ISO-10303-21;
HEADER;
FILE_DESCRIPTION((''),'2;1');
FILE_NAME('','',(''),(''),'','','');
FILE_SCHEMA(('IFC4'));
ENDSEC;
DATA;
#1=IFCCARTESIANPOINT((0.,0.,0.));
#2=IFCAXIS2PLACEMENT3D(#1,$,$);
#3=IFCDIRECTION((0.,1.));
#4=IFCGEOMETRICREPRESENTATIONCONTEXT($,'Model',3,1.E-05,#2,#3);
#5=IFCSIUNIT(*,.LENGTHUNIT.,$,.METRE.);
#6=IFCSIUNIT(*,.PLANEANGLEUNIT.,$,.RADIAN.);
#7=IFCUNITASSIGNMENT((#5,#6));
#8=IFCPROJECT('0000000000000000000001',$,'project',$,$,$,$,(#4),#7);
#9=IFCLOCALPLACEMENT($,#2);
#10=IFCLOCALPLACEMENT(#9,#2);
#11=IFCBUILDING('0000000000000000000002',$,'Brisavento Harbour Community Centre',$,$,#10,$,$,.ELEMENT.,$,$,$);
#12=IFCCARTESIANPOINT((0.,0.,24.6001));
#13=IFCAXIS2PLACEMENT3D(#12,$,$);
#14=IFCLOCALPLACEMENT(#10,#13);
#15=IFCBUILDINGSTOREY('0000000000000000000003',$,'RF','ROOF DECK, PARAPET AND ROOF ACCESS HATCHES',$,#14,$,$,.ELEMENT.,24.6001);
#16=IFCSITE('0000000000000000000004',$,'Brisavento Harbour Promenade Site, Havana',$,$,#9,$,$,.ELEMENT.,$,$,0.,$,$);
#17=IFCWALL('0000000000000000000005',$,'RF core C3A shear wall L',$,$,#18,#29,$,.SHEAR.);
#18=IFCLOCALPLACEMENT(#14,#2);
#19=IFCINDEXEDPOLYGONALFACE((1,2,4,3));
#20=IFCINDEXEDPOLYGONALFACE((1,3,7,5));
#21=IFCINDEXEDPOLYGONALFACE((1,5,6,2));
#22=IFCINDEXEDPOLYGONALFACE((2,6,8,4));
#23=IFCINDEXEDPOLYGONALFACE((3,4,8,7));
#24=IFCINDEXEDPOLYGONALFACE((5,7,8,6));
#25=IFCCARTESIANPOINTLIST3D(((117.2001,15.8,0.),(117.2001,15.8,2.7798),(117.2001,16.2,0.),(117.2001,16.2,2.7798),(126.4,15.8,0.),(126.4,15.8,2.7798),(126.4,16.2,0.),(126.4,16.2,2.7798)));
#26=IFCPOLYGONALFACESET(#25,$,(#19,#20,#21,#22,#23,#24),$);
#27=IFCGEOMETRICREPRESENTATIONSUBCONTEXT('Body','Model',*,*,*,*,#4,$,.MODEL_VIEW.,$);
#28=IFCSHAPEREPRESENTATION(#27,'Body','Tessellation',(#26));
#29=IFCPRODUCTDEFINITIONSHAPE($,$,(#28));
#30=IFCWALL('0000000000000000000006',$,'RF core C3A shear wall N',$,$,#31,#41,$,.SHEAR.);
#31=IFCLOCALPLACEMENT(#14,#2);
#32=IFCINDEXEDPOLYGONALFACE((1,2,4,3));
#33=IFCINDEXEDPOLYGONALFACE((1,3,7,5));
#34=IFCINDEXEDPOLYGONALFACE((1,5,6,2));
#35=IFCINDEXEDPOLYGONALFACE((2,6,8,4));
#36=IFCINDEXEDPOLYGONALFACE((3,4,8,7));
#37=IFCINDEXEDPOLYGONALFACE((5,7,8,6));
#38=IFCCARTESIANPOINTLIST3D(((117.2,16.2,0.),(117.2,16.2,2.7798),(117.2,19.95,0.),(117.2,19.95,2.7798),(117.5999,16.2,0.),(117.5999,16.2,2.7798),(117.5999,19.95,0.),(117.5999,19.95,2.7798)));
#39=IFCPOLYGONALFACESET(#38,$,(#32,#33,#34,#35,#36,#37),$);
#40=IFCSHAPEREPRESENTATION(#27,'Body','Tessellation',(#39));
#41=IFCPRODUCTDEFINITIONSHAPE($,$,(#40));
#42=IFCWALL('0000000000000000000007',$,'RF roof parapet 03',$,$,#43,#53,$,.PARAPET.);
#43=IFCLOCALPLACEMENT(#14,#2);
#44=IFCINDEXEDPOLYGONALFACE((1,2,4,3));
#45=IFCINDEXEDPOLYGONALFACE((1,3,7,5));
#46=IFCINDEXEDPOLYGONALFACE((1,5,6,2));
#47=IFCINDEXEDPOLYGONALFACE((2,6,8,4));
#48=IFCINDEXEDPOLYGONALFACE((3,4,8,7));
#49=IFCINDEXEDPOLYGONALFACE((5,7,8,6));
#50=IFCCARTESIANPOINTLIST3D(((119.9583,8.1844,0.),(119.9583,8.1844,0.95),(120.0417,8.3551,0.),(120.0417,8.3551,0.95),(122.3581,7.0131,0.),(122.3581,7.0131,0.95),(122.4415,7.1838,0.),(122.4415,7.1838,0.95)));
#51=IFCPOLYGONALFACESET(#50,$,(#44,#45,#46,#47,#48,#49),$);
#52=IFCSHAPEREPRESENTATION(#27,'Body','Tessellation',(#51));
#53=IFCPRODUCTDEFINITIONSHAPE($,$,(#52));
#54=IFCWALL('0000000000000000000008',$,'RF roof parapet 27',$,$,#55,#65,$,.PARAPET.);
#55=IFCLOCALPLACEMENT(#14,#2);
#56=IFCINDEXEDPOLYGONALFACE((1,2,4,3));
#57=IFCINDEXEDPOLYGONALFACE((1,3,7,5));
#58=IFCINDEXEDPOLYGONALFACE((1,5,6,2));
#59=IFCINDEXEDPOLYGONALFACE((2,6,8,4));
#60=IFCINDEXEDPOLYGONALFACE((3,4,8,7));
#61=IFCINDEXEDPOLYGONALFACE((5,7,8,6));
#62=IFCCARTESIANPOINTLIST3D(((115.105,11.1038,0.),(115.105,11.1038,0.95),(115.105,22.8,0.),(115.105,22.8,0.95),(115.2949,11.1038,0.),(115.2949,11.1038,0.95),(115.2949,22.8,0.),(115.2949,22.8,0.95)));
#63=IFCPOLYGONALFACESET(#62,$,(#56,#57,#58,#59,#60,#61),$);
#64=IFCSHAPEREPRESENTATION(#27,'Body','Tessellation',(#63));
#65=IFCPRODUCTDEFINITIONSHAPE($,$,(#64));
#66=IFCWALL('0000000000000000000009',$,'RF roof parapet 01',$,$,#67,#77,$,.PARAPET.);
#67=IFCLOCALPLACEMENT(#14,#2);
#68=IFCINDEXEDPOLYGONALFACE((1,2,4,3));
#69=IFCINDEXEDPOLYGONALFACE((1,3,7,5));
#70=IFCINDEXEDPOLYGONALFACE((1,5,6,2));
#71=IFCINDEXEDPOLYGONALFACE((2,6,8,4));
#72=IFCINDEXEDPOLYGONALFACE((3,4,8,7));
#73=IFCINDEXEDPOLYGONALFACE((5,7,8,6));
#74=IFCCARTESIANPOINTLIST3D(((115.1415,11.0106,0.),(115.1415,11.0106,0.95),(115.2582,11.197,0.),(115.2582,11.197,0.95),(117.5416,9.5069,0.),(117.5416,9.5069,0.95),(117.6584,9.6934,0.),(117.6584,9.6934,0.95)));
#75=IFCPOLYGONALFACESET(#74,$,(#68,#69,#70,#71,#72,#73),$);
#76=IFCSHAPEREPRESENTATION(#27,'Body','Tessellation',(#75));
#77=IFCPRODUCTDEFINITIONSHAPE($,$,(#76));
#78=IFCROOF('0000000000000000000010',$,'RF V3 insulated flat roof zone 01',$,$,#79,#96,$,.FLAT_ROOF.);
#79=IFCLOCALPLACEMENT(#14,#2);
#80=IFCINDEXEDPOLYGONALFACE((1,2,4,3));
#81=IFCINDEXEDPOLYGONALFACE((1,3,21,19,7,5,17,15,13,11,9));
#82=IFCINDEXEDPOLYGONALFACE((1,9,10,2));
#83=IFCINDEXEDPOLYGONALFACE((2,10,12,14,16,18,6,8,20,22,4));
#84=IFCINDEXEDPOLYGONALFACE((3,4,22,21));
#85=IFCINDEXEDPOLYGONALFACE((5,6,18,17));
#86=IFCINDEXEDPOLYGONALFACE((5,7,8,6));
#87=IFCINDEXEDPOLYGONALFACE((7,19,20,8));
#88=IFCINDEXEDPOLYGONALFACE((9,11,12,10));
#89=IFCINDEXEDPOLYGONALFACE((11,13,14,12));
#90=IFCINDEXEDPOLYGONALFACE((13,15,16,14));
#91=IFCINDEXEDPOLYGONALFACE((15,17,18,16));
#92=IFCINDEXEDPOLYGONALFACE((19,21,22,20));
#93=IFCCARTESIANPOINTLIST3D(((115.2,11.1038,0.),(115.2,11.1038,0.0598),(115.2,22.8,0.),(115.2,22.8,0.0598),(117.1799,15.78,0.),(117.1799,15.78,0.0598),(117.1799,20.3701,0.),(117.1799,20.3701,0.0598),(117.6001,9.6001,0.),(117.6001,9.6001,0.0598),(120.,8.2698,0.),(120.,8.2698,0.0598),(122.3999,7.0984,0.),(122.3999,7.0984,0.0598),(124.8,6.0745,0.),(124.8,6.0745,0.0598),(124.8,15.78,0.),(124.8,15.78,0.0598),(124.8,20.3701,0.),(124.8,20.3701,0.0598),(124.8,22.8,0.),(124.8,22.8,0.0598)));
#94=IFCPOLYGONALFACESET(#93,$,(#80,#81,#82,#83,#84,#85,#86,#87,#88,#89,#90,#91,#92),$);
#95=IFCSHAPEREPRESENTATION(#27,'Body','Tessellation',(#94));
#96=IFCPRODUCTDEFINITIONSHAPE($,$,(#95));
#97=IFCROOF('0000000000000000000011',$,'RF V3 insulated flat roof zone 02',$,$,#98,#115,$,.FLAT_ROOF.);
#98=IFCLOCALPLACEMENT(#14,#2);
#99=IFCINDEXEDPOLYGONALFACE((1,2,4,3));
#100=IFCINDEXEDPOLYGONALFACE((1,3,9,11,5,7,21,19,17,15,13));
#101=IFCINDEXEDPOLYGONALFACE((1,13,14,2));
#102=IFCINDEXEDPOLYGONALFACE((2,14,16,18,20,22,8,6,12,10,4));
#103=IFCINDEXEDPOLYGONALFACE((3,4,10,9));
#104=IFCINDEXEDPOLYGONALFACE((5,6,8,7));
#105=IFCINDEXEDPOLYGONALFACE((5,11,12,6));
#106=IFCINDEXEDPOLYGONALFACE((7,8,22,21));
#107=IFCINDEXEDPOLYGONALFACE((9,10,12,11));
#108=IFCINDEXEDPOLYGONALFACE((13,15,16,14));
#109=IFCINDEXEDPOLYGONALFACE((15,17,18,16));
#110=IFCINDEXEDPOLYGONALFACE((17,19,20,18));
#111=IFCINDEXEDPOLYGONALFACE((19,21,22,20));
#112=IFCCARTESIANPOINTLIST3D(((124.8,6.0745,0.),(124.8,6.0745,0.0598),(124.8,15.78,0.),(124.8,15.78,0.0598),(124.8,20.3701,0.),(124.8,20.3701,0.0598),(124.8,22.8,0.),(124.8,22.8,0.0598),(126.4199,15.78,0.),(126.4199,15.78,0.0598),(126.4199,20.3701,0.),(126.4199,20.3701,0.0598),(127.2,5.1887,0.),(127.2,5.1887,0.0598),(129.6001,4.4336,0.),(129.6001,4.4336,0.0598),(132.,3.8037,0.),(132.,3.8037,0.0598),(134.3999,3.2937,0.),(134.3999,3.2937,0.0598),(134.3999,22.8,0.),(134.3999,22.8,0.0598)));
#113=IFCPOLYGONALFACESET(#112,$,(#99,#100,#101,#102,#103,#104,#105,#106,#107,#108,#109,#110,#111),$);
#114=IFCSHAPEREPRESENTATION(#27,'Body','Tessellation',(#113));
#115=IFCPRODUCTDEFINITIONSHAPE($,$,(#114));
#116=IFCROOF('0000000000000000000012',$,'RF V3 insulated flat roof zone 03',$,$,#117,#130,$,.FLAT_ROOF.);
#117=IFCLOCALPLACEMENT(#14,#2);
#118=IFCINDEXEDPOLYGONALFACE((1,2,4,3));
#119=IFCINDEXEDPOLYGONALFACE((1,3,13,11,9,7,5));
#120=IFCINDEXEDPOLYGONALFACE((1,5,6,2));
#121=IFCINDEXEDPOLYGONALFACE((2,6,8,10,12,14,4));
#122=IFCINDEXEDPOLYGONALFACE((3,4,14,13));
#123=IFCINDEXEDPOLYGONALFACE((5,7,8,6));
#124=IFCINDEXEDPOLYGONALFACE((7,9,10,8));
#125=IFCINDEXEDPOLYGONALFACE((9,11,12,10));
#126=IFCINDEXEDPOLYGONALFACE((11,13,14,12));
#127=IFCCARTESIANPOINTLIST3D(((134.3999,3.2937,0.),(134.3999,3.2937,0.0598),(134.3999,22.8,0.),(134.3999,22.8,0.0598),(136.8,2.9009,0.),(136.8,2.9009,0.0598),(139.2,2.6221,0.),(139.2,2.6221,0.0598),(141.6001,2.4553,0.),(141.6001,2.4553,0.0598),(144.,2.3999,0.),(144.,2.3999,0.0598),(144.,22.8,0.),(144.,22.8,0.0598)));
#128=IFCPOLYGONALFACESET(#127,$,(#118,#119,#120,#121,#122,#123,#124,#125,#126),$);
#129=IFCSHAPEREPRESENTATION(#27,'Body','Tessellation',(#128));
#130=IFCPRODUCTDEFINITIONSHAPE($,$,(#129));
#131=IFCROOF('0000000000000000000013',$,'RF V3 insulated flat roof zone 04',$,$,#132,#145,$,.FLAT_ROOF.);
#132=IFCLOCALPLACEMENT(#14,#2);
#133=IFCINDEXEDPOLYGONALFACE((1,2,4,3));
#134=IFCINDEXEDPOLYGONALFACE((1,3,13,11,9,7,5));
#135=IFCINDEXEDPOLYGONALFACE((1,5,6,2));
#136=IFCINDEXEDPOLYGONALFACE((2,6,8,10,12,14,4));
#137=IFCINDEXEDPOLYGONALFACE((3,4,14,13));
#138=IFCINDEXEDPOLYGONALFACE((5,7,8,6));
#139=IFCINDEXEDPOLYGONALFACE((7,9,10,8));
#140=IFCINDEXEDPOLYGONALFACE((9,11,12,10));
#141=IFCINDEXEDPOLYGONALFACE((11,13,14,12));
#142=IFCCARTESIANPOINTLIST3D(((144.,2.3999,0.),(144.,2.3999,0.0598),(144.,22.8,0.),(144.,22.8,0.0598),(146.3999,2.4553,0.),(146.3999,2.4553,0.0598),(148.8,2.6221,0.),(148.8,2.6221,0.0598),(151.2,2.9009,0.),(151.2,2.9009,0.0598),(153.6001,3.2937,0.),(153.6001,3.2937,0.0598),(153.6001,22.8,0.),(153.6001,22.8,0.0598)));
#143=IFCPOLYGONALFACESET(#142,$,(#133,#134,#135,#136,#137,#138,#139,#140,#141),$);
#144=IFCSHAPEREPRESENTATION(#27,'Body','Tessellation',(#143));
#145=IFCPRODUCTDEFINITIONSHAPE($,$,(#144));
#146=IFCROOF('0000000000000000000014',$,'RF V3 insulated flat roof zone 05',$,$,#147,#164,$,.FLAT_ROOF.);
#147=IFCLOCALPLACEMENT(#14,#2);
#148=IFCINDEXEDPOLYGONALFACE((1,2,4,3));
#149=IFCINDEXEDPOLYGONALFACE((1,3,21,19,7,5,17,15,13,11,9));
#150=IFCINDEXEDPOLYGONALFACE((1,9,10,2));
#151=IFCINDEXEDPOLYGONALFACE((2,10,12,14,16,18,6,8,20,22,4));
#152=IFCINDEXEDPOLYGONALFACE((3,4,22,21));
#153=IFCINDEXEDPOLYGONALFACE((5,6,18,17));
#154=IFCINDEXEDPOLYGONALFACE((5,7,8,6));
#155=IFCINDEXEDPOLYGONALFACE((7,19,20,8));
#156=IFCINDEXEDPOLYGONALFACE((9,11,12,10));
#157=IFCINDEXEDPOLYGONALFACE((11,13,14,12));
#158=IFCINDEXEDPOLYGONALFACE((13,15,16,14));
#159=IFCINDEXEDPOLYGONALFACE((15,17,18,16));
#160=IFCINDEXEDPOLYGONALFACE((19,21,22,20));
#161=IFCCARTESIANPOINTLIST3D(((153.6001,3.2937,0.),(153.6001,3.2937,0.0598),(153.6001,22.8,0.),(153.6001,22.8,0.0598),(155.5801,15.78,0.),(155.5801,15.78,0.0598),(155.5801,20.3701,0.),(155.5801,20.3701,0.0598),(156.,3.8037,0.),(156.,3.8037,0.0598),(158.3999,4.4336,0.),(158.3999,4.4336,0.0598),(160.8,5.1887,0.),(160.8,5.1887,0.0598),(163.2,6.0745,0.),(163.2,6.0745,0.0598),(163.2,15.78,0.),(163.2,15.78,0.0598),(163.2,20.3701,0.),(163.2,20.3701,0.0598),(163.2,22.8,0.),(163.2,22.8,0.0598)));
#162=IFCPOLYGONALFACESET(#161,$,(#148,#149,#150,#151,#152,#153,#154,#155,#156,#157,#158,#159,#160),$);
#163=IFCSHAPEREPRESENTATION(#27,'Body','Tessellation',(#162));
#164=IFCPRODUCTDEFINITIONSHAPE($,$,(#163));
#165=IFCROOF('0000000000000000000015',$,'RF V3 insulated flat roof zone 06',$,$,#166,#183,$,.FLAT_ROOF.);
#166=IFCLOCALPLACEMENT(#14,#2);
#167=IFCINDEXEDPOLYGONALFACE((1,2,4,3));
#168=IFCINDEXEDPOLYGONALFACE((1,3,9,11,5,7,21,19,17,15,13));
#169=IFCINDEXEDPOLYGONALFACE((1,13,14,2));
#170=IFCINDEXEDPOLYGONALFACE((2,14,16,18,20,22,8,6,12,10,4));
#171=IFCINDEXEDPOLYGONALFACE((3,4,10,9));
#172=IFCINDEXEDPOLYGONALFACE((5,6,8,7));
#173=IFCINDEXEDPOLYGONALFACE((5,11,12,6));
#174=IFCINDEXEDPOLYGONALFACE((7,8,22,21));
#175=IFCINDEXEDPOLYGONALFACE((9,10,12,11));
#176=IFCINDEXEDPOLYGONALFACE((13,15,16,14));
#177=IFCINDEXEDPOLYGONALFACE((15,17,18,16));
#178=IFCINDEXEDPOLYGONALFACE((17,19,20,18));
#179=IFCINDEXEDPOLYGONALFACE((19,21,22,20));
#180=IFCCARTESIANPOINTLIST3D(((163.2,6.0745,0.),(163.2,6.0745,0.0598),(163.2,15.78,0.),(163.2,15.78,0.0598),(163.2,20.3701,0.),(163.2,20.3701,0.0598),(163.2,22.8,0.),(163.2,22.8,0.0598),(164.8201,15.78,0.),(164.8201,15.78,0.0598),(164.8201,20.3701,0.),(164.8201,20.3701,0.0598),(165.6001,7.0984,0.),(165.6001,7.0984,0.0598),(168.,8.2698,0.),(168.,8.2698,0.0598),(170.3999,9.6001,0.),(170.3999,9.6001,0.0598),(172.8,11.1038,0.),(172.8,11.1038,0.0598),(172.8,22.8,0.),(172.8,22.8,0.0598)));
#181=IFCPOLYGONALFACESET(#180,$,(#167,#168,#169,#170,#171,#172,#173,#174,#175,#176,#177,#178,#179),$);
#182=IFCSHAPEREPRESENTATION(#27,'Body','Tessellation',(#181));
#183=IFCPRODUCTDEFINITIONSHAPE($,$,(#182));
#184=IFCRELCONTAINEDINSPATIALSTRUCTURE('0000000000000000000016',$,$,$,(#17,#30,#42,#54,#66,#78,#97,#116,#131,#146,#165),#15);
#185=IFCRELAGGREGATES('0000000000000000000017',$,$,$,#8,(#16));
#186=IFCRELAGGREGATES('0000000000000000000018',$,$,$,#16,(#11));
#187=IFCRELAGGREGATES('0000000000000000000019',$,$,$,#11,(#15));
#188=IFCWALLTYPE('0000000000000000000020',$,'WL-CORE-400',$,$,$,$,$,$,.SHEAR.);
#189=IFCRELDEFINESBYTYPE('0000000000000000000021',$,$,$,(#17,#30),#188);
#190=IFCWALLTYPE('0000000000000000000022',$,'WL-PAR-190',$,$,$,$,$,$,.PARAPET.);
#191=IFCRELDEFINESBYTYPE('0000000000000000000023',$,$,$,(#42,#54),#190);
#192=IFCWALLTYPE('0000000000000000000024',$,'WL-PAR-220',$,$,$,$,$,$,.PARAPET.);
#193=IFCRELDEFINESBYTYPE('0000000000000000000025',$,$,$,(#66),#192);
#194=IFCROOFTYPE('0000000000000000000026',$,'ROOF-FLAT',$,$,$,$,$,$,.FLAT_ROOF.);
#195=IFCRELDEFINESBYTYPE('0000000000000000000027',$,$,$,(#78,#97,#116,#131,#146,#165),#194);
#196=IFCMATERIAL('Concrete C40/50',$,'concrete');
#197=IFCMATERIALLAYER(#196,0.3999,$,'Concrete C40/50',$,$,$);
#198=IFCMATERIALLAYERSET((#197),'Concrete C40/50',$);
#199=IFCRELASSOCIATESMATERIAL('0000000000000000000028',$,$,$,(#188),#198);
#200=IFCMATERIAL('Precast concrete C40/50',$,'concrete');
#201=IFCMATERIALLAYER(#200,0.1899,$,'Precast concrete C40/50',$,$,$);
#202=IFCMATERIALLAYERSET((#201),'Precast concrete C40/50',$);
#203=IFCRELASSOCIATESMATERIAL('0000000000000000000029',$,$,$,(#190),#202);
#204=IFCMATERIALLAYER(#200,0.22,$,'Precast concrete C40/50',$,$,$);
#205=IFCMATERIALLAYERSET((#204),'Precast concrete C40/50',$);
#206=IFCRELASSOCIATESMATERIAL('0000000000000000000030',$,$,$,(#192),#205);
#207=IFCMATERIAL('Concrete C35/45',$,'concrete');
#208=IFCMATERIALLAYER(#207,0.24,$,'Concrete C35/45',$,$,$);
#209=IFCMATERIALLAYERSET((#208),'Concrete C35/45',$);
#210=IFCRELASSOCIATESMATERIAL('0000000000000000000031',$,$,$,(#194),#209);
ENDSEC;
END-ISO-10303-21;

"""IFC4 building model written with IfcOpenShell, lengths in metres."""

from ifc_helpers import new_model, si_unit, direction, frame, frame_2d, origin, place, context, subcontext, project, spatial, polyline, rectangle, outline, extrude, material, layer, layer_set, type_object, element, save


model = new_model("IFC4")

# Units and contexts
model_context = context("Model", 3, precision=1e-05, world=origin(), true_north=direction((0.0, 1.0)))
body_context = subcontext(model_context, "Body", "Model", "MODEL_VIEW")
ifc_project = project(units=[si_unit("LENGTHUNIT", "METRE"), si_unit("PLANEANGLEUNIT", "RADIAN")], contexts=[model_context])

# Site, building, storey
site_placement = place(None, origin())
site = spatial("IfcSite", under=ifc_project, at=site_placement, Name="Brisavento Harbour Promenade Site, Havana", CompositionType="ELEMENT", RefElevation=0.0)
building_placement = place(site_placement, origin())
building = spatial("IfcBuilding", under=site, at=building_placement, Name="Brisavento Harbour Community Centre", CompositionType="ELEMENT")
storey_placement = place(building_placement, frame((0.0, 0.0, 24.6001)))
storey = spatial("IfcBuildingStorey", under=building, at=storey_placement, Name="RF", Description="ROOF DECK, PARAPET AND ROOF ACCESS HATCHES", CompositionType="ELEMENT", Elevation=24.6001)

# Shared definitions
ifc_material_1 = material(Name="Concrete C35/45", Category="concrete")
ifc_material_2 = material(Name="Precast concrete C40/50", Category="concrete")

# Walls
ifc_material_3 = material(Name="Concrete C40/50", Category="concrete")
ifc_layer_1 = layer(ifc_material_3, 0.3999, Name="Concrete C40/50")
ifc_layer_set_1 = layer_set([ifc_layer_1], Name="Concrete C40/50")
wall_type_1 = type_object("IfcWallType", Name="WL-CORE-400", PredefinedType="SHEAR", material=ifc_layer_set_1)
wall_1_placement = place(storey_placement, frame((117.2, 16.0, 0.0), z_axis=(0.0, 0.0, 1.0), x_axis=(1.0, 0.0, 0.0)))
element("IfcWall", 1, at=wall_1_placement, inside=storey, type_object=wall_type_1, Name="RF core C3A shear wall L", PredefinedType="SHEAR", context=body_context, shape_type="SweptSolid", body=[
    extrude(rectangle(XDim=9.2, YDim=0.3999, at=frame_2d((4.6001, 0.0))), origin(), (0.0, 0.0, 1.0), 2.7798),
])
wall_2_placement = place(storey_placement, frame((117.3999, 19.95, 0.0), z_axis=(0.0, 0.0, 1.0), x_axis=(0.0, -1.0, 0.0)))
element("IfcWall", 2, at=wall_2_placement, inside=storey, type_object=wall_type_1, Name="RF core C3A shear wall N", PredefinedType="SHEAR", context=body_context, shape_type="SweptSolid", body=[
    extrude(rectangle(XDim=3.75, YDim=0.3999, at=frame_2d((1.875, 0.0))), origin(), (0.0, 0.0, 1.0), 2.7798),
])
ifc_layer_2 = layer(ifc_material_2, 0.1899, Name="Precast concrete C40/50")
ifc_layer_set_2 = layer_set([ifc_layer_2], Name="Precast concrete C40/50")
wall_type_2 = type_object("IfcWallType", Name="WL-PAR-190", PredefinedType="PARAPET", material=ifc_layer_set_2)
wall_3_placement = place(storey_placement, frame((120.0, 8.2698, 0.0), z_axis=(0.0, 0.0, 1.0), x_axis=(0.898665, -0.438636, 0.0)))
element("IfcWall", 3, at=wall_3_placement, inside=storey, type_object=wall_type_2, Name="RF roof parapet 03", PredefinedType="PARAPET", context=body_context, shape_type="SweptSolid", body=[
    extrude(rectangle(XDim=2.6704, YDim=0.1899, at=frame_2d((1.3352, 0.0))), origin(), (0.0, 0.0, 1.0), 0.95),
])
wall_4_placement = place(storey_placement, frame((115.2, 22.8, 0.0), z_axis=(0.0, 0.0, 1.0), x_axis=(0.0, -1.0, 0.0)))
element("IfcWall", 4, at=wall_4_placement, inside=storey, type_object=wall_type_2, Name="RF roof parapet 27", PredefinedType="PARAPET", context=body_context, shape_type="SweptSolid", body=[
    extrude(rectangle(XDim=11.6963, YDim=0.1899, at=frame_2d((5.8481, 0.0))), origin(), (0.0, 0.0, 1.0), 0.95),
])
ifc_layer_3 = layer(ifc_material_2, 0.22, Name="Precast concrete C40/50")
ifc_layer_set_3 = layer_set([ifc_layer_3], Name="Precast concrete C40/50")
wall_type_3 = type_object("IfcWallType", Name="WL-PAR-220", PredefinedType="PARAPET", material=ifc_layer_set_3)
wall_5_placement = place(storey_placement, frame((115.2, 11.1038, 0.0), z_axis=(0.0, 0.0, 1.0), x_axis=(0.847431, -0.530905, 0.0)))
element("IfcWall", 5, at=wall_5_placement, inside=storey, type_object=wall_type_3, Name="RF roof parapet 01", PredefinedType="PARAPET", context=body_context, shape_type="SweptSolid", body=[
    extrude(rectangle(XDim=2.8323, YDim=0.22, at=frame_2d((1.416, 0.0))), origin(), (0.0, 0.0, 1.0), 0.95),
])

# Roofs
ifc_layer_4 = layer(ifc_material_1, 0.24, Name="Concrete C35/45")
ifc_layer_set_4 = layer_set([ifc_layer_4], Name="Concrete C35/45")
roof_type = type_object("IfcRoofType", Name="ROOF-FLAT", PredefinedType="FLAT_ROOF", material=ifc_layer_set_4)
roof_1_placement = place(storey_placement, origin())
element("IfcRoof", 6, at=roof_1_placement, inside=storey, type_object=roof_type, Name="RF V3 insulated flat roof zone 01", PredefinedType="FLAT_ROOF", context=body_context, shape_type="SweptSolid", body=[
    extrude(outline(polyline([(115.2, 22.8), (115.2, 11.1038), (117.6001, 9.6001), (120.0, 8.2698), (122.3999, 7.0984), (124.8, 6.0745), (124.8, 15.78), (117.1799, 15.78), (117.1799, 20.3701), (124.8, 20.3701), (124.8, 22.8), (115.2, 22.8)])), origin(), (0.0, 0.0, 1.0), 0.0598),
])
roof_2_placement = place(storey_placement, origin())
element("IfcRoof", 7, at=roof_2_placement, inside=storey, type_object=roof_type, Name="RF V3 insulated flat roof zone 02", PredefinedType="FLAT_ROOF", context=body_context, shape_type="SweptSolid", body=[
    extrude(outline(polyline([(124.8, 22.8), (124.8, 20.3701), (126.4199, 20.3701), (126.4199, 15.78), (124.8, 15.78), (124.8, 6.0745), (127.2, 5.1887), (129.6001, 4.4336), (132.0, 3.8037), (134.3999, 3.2937), (134.3999, 22.8), (124.8, 22.8)])), origin(), (0.0, 0.0, 1.0), 0.0598),
])
roof_3_placement = place(storey_placement, origin())
element("IfcRoof", 8, at=roof_3_placement, inside=storey, type_object=roof_type, Name="RF V3 insulated flat roof zone 03", PredefinedType="FLAT_ROOF", context=body_context, shape_type="SweptSolid", body=[
    extrude(outline(polyline([(134.3999, 22.8), (134.3999, 3.2937), (136.8, 2.9009), (139.2, 2.6221), (141.6001, 2.4553), (144.0, 2.3999), (144.0, 22.8), (134.3999, 22.8)])), origin(), (0.0, 0.0, 1.0), 0.0598),
])
roof_4_placement = place(storey_placement, origin())
element("IfcRoof", 9, at=roof_4_placement, inside=storey, type_object=roof_type, Name="RF V3 insulated flat roof zone 04", PredefinedType="FLAT_ROOF", context=body_context, shape_type="SweptSolid", body=[
    extrude(outline(polyline([(144.0, 22.8), (144.0, 2.3999), (146.3999, 2.4553), (148.8, 2.6221), (151.2, 2.9009), (153.6001, 3.2937), (153.6001, 22.8), (144.0, 22.8)])), origin(), (0.0, 0.0, 1.0), 0.0598),
])
roof_5_placement = place(storey_placement, origin())
element("IfcRoof", 10, at=roof_5_placement, inside=storey, type_object=roof_type, Name="RF V3 insulated flat roof zone 05", PredefinedType="FLAT_ROOF", context=body_context, shape_type="SweptSolid", body=[
    extrude(outline(polyline([(153.6001, 22.8), (153.6001, 3.2937), (156.0, 3.8037), (158.3999, 4.4336), (160.8, 5.1887), (163.2, 6.0745), (163.2, 15.78), (155.5801, 15.78), (155.5801, 20.3701), (163.2, 20.3701), (163.2, 22.8), (153.6001, 22.8)])), origin(), (0.0, 0.0, 1.0), 0.0598),
])
roof_6_placement = place(storey_placement, origin())
element("IfcRoof", 11, at=roof_6_placement, inside=storey, type_object=roof_type, Name="RF V3 insulated flat roof zone 06", PredefinedType="FLAT_ROOF", context=body_context, shape_type="SweptSolid", body=[
    extrude(outline(polyline([(163.2, 22.8), (163.2, 20.3701), (164.8201, 20.3701), (164.8201, 15.78), (163.2, 15.78), (163.2, 6.0745), (165.6001, 7.0984), (168.0, 8.2698), (170.3999, 9.6001), (172.8, 11.1038), (172.8, 22.8), (163.2, 22.8)])), origin(), (0.0, 0.0, 1.0), 0.0598),
])

save(model, "model.ifc")
